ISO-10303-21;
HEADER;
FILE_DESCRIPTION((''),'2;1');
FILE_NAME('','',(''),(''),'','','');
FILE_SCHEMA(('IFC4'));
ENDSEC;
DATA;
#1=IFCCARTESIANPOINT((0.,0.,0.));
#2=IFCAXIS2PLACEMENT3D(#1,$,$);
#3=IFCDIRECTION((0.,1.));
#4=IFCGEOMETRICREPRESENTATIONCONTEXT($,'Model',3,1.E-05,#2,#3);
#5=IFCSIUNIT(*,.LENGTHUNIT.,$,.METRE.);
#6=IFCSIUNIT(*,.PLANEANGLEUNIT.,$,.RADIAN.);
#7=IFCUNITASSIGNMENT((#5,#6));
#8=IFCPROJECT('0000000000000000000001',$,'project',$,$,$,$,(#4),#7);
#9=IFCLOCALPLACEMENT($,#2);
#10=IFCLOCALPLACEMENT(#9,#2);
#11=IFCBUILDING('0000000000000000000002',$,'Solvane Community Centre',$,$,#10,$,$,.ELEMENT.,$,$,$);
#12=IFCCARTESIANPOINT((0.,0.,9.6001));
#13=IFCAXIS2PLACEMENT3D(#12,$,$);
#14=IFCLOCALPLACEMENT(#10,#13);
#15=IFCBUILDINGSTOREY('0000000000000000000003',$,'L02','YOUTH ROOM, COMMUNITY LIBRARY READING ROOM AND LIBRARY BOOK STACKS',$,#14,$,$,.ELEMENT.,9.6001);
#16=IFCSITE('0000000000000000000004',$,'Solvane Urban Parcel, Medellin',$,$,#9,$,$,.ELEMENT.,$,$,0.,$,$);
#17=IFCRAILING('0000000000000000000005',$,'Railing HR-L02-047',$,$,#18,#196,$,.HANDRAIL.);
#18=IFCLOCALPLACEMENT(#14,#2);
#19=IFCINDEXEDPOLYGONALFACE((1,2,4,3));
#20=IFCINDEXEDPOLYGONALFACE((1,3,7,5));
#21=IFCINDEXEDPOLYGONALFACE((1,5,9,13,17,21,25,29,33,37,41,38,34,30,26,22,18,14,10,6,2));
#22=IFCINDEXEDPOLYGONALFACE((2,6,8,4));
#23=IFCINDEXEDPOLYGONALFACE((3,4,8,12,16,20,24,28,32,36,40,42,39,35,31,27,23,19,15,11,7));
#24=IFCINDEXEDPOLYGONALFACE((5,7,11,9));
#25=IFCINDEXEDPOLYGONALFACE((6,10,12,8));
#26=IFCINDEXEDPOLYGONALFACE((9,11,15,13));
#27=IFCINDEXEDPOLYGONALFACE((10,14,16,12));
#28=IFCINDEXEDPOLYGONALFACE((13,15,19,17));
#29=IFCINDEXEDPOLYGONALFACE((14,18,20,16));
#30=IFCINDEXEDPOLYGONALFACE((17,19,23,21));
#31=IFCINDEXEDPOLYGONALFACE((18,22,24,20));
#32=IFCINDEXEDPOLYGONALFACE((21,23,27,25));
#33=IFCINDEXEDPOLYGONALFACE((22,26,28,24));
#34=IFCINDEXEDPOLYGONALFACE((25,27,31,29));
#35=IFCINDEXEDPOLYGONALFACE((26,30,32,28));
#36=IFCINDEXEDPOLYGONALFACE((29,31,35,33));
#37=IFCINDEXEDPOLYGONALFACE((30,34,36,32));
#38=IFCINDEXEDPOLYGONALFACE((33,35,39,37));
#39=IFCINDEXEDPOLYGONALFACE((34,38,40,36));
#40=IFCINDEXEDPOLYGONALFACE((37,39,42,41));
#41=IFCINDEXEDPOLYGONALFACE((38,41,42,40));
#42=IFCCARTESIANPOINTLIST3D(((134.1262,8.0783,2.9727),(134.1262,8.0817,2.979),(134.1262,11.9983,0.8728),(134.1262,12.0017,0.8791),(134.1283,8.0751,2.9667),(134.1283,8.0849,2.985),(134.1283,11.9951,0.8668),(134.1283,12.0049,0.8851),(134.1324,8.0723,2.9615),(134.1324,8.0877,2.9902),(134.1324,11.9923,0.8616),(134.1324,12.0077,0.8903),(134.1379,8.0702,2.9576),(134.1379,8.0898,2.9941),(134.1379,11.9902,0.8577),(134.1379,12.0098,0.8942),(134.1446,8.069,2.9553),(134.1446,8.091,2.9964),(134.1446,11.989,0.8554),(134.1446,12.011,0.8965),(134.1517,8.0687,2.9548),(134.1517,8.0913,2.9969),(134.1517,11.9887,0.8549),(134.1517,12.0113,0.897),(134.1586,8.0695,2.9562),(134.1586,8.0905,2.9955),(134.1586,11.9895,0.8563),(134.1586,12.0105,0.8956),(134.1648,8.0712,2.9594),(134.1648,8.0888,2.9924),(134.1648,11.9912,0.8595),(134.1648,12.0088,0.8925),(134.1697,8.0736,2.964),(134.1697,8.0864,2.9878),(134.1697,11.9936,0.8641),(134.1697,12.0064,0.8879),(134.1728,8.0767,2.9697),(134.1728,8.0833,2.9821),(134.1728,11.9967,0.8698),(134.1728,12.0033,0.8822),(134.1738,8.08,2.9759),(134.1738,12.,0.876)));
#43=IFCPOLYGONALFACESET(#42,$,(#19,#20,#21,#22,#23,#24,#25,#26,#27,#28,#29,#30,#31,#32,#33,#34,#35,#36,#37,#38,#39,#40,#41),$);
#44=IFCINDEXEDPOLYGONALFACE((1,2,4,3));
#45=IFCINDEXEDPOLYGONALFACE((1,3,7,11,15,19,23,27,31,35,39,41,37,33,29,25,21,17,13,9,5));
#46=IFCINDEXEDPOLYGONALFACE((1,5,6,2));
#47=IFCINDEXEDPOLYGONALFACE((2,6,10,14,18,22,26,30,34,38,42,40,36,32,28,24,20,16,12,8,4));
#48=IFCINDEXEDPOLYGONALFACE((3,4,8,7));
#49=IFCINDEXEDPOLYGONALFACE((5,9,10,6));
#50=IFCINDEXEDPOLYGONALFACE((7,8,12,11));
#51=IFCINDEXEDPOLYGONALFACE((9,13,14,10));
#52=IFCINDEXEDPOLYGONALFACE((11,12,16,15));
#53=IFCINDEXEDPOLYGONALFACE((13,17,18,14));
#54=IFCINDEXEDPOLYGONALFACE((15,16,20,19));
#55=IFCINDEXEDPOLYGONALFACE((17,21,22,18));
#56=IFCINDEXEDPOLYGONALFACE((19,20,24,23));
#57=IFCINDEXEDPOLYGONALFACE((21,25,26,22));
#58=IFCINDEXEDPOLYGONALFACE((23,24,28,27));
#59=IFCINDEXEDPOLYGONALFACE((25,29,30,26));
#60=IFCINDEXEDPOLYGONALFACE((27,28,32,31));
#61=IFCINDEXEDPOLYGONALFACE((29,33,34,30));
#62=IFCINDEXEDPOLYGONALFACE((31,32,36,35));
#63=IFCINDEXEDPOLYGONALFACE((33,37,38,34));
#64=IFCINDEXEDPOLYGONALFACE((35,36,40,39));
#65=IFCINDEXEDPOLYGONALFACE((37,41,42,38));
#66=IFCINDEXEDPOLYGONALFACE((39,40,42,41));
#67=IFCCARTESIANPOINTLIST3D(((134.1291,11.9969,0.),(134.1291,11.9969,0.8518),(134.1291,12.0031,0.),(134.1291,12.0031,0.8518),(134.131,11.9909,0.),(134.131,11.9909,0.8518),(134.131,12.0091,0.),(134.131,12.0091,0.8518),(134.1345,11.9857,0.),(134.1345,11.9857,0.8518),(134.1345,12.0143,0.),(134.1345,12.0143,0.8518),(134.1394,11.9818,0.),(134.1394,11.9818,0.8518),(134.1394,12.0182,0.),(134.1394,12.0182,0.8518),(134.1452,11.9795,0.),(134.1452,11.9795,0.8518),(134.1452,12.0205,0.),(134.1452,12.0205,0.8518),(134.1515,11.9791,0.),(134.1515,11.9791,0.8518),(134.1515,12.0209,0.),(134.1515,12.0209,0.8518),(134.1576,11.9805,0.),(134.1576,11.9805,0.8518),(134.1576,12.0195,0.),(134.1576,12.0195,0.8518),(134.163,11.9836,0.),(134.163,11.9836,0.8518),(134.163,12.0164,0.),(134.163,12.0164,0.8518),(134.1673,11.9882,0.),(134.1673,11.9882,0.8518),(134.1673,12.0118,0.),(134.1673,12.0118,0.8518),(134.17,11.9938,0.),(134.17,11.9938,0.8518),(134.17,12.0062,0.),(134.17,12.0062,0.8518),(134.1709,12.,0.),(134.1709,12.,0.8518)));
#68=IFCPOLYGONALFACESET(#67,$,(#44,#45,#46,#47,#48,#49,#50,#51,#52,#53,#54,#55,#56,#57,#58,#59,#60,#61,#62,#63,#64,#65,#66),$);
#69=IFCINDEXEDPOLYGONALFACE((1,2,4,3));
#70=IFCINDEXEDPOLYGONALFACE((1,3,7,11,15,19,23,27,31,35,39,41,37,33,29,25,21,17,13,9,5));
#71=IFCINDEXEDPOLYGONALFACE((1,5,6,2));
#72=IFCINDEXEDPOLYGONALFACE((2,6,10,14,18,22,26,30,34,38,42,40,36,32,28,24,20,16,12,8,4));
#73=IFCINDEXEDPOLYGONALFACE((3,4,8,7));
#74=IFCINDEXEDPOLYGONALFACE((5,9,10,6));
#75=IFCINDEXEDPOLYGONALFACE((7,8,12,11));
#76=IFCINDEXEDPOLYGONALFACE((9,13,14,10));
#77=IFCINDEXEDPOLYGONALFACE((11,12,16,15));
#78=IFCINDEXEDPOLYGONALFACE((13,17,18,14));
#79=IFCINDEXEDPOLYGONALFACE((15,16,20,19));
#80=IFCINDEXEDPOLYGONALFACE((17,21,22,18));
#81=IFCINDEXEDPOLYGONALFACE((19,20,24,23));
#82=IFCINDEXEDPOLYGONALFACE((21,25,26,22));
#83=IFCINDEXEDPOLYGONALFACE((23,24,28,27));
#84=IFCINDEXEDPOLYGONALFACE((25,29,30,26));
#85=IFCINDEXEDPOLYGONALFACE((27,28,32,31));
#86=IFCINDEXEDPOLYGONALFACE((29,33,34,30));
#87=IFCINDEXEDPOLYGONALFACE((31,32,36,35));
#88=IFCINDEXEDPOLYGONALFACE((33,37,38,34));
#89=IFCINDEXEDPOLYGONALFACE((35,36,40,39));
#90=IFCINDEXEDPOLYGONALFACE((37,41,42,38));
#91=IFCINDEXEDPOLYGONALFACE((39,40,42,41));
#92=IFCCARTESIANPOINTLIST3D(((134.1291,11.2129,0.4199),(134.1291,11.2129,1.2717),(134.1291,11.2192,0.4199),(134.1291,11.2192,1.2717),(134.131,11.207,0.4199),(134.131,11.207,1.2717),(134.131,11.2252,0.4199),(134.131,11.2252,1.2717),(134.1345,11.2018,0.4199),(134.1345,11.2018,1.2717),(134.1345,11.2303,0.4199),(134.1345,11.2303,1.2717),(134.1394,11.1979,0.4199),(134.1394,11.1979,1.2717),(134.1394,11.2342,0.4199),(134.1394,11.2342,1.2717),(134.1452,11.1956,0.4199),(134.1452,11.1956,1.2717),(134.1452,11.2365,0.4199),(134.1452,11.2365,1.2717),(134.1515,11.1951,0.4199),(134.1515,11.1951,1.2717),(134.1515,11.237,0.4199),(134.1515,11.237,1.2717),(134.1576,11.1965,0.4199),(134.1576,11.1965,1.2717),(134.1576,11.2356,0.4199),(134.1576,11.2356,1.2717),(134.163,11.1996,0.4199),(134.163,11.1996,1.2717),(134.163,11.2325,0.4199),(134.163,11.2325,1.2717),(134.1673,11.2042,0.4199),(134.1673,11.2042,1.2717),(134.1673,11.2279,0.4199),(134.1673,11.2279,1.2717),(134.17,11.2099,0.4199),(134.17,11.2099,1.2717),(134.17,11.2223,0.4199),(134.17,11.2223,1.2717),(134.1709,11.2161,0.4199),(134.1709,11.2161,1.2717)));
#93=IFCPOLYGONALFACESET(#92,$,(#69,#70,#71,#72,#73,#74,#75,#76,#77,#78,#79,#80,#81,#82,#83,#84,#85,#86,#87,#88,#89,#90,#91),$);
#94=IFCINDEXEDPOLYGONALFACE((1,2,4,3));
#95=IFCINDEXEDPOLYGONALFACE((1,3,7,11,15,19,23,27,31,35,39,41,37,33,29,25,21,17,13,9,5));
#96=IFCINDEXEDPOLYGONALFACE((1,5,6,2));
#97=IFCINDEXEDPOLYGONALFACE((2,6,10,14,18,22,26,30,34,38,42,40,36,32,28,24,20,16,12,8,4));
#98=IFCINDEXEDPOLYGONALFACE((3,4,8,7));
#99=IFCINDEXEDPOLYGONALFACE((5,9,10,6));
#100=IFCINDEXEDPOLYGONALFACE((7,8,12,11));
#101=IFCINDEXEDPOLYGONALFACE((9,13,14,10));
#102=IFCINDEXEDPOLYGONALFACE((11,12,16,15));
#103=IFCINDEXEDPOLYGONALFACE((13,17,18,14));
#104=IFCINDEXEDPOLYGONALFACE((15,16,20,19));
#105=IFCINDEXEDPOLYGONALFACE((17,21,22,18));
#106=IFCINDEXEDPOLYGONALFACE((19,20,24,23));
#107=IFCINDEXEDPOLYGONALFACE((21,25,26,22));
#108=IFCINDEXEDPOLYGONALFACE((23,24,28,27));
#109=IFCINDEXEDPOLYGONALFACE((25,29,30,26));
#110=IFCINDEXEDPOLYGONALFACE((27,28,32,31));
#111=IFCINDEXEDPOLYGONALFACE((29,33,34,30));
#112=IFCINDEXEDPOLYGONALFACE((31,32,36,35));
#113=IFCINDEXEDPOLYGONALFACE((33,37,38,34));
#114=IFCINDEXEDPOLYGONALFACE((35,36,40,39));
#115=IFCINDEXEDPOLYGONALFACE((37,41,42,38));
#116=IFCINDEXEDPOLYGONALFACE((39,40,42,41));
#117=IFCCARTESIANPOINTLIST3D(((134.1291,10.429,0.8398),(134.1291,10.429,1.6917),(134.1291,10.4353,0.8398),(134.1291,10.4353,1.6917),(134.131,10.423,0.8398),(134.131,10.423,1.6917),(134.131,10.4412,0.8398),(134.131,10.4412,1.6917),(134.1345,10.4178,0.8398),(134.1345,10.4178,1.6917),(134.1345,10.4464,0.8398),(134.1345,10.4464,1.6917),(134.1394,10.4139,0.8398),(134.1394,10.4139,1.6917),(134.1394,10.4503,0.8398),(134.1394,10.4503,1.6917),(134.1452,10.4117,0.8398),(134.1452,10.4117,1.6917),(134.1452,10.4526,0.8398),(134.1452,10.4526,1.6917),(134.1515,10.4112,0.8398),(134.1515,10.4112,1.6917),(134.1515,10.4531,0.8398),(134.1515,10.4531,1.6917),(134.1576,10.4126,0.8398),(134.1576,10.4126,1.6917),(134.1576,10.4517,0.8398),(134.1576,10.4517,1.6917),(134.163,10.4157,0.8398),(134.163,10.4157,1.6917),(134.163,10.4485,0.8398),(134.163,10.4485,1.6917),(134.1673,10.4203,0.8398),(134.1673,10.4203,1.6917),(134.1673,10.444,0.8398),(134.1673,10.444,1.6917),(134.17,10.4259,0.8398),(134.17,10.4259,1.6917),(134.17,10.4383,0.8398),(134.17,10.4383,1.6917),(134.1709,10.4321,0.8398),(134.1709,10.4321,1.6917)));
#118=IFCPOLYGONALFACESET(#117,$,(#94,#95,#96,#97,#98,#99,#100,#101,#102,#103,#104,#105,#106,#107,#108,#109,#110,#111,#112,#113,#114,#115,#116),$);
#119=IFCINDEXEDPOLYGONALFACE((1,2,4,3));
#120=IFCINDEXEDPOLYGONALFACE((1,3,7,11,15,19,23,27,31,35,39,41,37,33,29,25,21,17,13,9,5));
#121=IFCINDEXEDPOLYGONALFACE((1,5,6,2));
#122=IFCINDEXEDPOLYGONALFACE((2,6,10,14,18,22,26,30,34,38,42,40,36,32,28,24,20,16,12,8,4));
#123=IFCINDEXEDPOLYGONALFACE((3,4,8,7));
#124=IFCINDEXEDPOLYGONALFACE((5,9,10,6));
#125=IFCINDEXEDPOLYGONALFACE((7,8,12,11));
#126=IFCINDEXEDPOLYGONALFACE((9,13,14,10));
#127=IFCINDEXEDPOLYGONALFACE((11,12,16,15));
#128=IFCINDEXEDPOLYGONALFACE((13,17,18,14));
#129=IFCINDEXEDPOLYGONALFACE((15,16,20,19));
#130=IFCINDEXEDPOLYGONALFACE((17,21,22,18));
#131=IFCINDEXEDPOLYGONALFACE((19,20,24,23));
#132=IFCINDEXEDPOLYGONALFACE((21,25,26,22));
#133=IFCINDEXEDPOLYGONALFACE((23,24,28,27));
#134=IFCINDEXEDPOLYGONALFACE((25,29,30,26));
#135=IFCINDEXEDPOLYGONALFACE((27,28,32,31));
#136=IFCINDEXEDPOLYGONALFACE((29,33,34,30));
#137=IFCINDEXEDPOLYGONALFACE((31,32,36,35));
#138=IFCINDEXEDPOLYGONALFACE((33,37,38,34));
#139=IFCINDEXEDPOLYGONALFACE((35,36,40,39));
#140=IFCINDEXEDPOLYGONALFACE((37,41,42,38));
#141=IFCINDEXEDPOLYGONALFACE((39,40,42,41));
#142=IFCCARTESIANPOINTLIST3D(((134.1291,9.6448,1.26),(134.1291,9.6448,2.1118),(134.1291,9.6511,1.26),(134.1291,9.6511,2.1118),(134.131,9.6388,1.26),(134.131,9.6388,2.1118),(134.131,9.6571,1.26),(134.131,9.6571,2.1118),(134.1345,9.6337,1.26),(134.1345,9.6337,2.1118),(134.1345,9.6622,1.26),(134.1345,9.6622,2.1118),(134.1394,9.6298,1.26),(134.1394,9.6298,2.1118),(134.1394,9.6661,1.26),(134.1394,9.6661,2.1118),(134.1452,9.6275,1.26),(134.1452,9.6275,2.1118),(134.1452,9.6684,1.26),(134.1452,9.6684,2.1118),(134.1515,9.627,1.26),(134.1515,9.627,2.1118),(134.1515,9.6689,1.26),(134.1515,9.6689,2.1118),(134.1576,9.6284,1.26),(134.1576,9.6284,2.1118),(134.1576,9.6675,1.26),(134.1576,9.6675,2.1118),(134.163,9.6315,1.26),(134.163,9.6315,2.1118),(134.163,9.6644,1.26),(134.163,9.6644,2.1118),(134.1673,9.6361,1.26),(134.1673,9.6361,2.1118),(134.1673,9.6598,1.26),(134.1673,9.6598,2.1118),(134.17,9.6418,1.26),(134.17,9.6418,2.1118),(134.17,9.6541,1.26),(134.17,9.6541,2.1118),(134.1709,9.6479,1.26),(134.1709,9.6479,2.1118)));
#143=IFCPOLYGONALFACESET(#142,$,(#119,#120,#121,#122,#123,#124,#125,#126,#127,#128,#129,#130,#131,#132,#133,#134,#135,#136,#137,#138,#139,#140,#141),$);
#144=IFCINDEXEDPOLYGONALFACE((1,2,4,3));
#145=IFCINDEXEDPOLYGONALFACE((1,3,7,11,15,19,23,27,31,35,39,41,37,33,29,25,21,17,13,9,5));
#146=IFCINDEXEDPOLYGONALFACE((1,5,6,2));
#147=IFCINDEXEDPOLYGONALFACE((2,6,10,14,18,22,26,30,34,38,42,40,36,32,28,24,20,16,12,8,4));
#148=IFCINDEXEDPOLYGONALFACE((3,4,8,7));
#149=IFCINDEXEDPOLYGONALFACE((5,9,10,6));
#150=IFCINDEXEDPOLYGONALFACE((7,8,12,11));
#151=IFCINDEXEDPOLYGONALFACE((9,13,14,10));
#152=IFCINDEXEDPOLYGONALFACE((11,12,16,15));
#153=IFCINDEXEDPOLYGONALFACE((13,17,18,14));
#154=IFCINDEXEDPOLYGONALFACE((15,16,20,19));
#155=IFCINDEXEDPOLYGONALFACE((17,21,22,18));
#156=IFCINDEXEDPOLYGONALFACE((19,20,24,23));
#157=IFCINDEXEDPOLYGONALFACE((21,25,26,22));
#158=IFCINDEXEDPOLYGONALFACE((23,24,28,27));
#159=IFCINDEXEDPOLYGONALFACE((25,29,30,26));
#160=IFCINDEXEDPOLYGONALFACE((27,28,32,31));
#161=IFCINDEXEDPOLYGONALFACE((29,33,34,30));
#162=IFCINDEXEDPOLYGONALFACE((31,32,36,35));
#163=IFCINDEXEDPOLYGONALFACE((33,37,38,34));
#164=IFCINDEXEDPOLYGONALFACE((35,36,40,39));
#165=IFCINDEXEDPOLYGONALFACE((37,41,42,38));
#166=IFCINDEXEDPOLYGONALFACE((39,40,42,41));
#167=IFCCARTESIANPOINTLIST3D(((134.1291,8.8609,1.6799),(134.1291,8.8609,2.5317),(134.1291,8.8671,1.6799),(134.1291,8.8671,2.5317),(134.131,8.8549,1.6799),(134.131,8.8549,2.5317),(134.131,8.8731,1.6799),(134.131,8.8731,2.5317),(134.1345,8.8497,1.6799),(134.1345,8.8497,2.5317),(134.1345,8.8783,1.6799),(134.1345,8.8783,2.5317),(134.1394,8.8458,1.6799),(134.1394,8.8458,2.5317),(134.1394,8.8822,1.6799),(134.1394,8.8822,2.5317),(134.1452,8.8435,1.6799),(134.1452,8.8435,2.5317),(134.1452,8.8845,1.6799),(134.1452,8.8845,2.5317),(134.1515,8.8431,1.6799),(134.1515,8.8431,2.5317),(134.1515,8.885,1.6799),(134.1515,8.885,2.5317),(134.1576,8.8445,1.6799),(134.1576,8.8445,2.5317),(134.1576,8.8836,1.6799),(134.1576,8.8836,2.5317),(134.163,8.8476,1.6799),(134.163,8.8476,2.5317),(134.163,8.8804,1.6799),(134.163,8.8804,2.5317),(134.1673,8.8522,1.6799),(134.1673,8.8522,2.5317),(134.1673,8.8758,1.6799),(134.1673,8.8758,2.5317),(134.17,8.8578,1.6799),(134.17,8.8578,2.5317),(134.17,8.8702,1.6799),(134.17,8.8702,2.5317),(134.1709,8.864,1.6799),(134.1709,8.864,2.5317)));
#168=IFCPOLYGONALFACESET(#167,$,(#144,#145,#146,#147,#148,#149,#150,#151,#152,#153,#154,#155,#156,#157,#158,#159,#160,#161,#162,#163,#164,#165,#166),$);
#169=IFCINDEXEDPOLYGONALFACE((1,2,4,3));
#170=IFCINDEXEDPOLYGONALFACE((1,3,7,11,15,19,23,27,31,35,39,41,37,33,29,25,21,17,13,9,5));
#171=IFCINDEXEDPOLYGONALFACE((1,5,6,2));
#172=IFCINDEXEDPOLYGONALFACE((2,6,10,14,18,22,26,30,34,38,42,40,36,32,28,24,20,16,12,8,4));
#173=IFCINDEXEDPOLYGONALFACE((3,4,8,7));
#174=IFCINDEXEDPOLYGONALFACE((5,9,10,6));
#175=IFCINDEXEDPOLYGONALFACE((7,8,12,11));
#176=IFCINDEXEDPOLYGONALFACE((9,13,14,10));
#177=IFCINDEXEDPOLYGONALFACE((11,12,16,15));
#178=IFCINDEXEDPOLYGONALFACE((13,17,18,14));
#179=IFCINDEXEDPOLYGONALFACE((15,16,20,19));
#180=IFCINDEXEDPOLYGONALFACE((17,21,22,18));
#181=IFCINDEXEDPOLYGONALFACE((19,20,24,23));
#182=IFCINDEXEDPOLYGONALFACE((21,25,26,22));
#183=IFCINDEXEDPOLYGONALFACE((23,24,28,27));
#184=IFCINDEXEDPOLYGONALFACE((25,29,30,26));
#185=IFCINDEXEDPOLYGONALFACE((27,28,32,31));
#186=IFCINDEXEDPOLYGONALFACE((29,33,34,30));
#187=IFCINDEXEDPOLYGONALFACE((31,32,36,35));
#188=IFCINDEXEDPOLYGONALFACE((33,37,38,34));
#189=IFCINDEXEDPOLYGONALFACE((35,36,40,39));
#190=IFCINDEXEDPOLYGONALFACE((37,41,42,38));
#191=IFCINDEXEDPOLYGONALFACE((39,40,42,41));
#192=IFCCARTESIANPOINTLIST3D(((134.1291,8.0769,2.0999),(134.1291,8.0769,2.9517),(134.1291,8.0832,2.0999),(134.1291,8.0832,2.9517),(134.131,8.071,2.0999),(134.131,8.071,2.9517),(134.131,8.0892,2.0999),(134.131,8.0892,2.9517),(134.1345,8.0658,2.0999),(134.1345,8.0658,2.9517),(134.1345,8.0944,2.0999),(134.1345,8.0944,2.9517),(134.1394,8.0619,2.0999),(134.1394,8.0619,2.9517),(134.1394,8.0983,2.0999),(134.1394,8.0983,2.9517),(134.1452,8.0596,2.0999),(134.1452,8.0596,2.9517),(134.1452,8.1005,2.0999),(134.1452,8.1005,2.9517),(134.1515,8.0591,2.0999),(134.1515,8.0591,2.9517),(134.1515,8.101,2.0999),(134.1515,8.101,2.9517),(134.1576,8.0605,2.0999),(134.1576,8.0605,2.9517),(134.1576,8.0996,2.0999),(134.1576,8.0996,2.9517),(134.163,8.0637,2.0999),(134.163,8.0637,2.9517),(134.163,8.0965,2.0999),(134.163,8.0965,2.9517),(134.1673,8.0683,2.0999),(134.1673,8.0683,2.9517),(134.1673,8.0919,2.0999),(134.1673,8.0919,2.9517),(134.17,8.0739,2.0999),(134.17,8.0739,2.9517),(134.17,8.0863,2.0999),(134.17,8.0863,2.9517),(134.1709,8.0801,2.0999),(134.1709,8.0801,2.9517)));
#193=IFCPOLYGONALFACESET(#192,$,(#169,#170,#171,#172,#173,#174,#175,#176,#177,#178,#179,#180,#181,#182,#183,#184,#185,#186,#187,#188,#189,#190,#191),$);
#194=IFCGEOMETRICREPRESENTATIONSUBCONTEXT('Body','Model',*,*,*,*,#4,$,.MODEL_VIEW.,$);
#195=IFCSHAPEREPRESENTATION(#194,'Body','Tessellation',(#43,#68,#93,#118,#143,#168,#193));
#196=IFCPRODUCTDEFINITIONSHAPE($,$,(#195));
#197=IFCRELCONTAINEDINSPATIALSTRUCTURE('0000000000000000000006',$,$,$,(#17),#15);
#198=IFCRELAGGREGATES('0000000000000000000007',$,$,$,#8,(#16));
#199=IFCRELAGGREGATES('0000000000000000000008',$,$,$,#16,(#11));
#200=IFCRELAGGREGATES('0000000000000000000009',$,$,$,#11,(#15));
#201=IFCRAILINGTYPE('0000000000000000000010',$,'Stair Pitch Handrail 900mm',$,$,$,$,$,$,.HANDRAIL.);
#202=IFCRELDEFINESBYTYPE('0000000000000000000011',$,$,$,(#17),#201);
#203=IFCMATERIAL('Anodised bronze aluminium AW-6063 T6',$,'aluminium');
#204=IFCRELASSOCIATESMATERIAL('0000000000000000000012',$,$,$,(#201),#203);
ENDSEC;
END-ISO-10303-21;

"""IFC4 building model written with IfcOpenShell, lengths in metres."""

from ifc_helpers import new_model, si_unit, direction, frame, origin, origin_2d, place, context, subcontext, project, spatial, circle, extrude, material, type_object, element, save


model = new_model("IFC4")

# Units and contexts
model_context = context("Model", 3, precision=1e-05, world=origin(), true_north=direction((0.0, 1.0)))
body_context = subcontext(model_context, "Body", "Model", "MODEL_VIEW")
ifc_project = project(units=[si_unit("LENGTHUNIT", "METRE"), si_unit("PLANEANGLEUNIT", "RADIAN")], contexts=[model_context])

# Site, building, storey
site_placement = place(None, origin())
site = spatial("IfcSite", under=ifc_project, at=site_placement, Name="Solvane Urban Parcel, Medellin", CompositionType="ELEMENT", RefElevation=0.0)
building_placement = place(site_placement, origin())
building = spatial("IfcBuilding", under=site, at=building_placement, Name="Solvane Community Centre", CompositionType="ELEMENT")
storey_placement = place(building_placement, frame((0.0, 0.0, 9.6001)))
storey = spatial("IfcBuildingStorey", under=building, at=storey_placement, Name="L02", Description="YOUTH ROOM, COMMUNITY LIBRARY READING ROOM AND LIBRARY BOOK STACKS", CompositionType="ELEMENT", Elevation=9.6001)

# Shared definitions
ifc_material_1 = material(Name="Anodised bronze aluminium AW-6063 T6", Category="aluminium")

# Railing
railing_type_1 = type_object("IfcRailingType", Name="Stair Pitch Handrail 900mm", PredefinedType="HANDRAIL", material=ifc_material_1)
railing_1_placement = place(storey_placement, frame((134.1499, 12.0, 0.0)))
element("IfcRailing", 1, at=railing_1_placement, inside=storey, type_object=railing_type_1, Name="Railing HR-L02-047", PredefinedType="HANDRAIL", context=body_context, shape_type="SweptSolid", body=[
    extrude(circle(Radius=0.0239, at=origin_2d()), frame((0.0, 0.0, 0.876), z_axis=(0.0, -0.88149, 0.472203), x_axis=(1.0, 0.0, 0.0)), (0.0, 0.0, 1.0), 4.447),
    extrude(circle(Radius=0.021, at=origin_2d()), origin(), (0.0, 0.0, 1.0), 0.8518),
    extrude(circle(Radius=0.021, at=origin_2d()), frame((0.0, -0.7839, 0.4199)), (0.0, 0.0, 1.0), 0.8518),
    extrude(circle(Radius=0.021, at=origin_2d()), frame((0.0, -1.5679, 0.8398)), (0.0, 0.0, 1.0), 0.8518),
    extrude(circle(Radius=0.021, at=origin_2d()), frame((0.0, -2.3521, 1.26)), (0.0, 0.0, 1.0), 0.8518),
    extrude(circle(Radius=0.021, at=origin_2d()), frame((0.0, -3.136, 1.6799)), (0.0, 0.0, 1.0), 0.8518),
    extrude(circle(Radius=0.021, at=origin_2d()), frame((0.0, -3.9199, 2.0999)), (0.0, 0.0, 1.0), 0.8518),
])

save(model, "model.ifc")
